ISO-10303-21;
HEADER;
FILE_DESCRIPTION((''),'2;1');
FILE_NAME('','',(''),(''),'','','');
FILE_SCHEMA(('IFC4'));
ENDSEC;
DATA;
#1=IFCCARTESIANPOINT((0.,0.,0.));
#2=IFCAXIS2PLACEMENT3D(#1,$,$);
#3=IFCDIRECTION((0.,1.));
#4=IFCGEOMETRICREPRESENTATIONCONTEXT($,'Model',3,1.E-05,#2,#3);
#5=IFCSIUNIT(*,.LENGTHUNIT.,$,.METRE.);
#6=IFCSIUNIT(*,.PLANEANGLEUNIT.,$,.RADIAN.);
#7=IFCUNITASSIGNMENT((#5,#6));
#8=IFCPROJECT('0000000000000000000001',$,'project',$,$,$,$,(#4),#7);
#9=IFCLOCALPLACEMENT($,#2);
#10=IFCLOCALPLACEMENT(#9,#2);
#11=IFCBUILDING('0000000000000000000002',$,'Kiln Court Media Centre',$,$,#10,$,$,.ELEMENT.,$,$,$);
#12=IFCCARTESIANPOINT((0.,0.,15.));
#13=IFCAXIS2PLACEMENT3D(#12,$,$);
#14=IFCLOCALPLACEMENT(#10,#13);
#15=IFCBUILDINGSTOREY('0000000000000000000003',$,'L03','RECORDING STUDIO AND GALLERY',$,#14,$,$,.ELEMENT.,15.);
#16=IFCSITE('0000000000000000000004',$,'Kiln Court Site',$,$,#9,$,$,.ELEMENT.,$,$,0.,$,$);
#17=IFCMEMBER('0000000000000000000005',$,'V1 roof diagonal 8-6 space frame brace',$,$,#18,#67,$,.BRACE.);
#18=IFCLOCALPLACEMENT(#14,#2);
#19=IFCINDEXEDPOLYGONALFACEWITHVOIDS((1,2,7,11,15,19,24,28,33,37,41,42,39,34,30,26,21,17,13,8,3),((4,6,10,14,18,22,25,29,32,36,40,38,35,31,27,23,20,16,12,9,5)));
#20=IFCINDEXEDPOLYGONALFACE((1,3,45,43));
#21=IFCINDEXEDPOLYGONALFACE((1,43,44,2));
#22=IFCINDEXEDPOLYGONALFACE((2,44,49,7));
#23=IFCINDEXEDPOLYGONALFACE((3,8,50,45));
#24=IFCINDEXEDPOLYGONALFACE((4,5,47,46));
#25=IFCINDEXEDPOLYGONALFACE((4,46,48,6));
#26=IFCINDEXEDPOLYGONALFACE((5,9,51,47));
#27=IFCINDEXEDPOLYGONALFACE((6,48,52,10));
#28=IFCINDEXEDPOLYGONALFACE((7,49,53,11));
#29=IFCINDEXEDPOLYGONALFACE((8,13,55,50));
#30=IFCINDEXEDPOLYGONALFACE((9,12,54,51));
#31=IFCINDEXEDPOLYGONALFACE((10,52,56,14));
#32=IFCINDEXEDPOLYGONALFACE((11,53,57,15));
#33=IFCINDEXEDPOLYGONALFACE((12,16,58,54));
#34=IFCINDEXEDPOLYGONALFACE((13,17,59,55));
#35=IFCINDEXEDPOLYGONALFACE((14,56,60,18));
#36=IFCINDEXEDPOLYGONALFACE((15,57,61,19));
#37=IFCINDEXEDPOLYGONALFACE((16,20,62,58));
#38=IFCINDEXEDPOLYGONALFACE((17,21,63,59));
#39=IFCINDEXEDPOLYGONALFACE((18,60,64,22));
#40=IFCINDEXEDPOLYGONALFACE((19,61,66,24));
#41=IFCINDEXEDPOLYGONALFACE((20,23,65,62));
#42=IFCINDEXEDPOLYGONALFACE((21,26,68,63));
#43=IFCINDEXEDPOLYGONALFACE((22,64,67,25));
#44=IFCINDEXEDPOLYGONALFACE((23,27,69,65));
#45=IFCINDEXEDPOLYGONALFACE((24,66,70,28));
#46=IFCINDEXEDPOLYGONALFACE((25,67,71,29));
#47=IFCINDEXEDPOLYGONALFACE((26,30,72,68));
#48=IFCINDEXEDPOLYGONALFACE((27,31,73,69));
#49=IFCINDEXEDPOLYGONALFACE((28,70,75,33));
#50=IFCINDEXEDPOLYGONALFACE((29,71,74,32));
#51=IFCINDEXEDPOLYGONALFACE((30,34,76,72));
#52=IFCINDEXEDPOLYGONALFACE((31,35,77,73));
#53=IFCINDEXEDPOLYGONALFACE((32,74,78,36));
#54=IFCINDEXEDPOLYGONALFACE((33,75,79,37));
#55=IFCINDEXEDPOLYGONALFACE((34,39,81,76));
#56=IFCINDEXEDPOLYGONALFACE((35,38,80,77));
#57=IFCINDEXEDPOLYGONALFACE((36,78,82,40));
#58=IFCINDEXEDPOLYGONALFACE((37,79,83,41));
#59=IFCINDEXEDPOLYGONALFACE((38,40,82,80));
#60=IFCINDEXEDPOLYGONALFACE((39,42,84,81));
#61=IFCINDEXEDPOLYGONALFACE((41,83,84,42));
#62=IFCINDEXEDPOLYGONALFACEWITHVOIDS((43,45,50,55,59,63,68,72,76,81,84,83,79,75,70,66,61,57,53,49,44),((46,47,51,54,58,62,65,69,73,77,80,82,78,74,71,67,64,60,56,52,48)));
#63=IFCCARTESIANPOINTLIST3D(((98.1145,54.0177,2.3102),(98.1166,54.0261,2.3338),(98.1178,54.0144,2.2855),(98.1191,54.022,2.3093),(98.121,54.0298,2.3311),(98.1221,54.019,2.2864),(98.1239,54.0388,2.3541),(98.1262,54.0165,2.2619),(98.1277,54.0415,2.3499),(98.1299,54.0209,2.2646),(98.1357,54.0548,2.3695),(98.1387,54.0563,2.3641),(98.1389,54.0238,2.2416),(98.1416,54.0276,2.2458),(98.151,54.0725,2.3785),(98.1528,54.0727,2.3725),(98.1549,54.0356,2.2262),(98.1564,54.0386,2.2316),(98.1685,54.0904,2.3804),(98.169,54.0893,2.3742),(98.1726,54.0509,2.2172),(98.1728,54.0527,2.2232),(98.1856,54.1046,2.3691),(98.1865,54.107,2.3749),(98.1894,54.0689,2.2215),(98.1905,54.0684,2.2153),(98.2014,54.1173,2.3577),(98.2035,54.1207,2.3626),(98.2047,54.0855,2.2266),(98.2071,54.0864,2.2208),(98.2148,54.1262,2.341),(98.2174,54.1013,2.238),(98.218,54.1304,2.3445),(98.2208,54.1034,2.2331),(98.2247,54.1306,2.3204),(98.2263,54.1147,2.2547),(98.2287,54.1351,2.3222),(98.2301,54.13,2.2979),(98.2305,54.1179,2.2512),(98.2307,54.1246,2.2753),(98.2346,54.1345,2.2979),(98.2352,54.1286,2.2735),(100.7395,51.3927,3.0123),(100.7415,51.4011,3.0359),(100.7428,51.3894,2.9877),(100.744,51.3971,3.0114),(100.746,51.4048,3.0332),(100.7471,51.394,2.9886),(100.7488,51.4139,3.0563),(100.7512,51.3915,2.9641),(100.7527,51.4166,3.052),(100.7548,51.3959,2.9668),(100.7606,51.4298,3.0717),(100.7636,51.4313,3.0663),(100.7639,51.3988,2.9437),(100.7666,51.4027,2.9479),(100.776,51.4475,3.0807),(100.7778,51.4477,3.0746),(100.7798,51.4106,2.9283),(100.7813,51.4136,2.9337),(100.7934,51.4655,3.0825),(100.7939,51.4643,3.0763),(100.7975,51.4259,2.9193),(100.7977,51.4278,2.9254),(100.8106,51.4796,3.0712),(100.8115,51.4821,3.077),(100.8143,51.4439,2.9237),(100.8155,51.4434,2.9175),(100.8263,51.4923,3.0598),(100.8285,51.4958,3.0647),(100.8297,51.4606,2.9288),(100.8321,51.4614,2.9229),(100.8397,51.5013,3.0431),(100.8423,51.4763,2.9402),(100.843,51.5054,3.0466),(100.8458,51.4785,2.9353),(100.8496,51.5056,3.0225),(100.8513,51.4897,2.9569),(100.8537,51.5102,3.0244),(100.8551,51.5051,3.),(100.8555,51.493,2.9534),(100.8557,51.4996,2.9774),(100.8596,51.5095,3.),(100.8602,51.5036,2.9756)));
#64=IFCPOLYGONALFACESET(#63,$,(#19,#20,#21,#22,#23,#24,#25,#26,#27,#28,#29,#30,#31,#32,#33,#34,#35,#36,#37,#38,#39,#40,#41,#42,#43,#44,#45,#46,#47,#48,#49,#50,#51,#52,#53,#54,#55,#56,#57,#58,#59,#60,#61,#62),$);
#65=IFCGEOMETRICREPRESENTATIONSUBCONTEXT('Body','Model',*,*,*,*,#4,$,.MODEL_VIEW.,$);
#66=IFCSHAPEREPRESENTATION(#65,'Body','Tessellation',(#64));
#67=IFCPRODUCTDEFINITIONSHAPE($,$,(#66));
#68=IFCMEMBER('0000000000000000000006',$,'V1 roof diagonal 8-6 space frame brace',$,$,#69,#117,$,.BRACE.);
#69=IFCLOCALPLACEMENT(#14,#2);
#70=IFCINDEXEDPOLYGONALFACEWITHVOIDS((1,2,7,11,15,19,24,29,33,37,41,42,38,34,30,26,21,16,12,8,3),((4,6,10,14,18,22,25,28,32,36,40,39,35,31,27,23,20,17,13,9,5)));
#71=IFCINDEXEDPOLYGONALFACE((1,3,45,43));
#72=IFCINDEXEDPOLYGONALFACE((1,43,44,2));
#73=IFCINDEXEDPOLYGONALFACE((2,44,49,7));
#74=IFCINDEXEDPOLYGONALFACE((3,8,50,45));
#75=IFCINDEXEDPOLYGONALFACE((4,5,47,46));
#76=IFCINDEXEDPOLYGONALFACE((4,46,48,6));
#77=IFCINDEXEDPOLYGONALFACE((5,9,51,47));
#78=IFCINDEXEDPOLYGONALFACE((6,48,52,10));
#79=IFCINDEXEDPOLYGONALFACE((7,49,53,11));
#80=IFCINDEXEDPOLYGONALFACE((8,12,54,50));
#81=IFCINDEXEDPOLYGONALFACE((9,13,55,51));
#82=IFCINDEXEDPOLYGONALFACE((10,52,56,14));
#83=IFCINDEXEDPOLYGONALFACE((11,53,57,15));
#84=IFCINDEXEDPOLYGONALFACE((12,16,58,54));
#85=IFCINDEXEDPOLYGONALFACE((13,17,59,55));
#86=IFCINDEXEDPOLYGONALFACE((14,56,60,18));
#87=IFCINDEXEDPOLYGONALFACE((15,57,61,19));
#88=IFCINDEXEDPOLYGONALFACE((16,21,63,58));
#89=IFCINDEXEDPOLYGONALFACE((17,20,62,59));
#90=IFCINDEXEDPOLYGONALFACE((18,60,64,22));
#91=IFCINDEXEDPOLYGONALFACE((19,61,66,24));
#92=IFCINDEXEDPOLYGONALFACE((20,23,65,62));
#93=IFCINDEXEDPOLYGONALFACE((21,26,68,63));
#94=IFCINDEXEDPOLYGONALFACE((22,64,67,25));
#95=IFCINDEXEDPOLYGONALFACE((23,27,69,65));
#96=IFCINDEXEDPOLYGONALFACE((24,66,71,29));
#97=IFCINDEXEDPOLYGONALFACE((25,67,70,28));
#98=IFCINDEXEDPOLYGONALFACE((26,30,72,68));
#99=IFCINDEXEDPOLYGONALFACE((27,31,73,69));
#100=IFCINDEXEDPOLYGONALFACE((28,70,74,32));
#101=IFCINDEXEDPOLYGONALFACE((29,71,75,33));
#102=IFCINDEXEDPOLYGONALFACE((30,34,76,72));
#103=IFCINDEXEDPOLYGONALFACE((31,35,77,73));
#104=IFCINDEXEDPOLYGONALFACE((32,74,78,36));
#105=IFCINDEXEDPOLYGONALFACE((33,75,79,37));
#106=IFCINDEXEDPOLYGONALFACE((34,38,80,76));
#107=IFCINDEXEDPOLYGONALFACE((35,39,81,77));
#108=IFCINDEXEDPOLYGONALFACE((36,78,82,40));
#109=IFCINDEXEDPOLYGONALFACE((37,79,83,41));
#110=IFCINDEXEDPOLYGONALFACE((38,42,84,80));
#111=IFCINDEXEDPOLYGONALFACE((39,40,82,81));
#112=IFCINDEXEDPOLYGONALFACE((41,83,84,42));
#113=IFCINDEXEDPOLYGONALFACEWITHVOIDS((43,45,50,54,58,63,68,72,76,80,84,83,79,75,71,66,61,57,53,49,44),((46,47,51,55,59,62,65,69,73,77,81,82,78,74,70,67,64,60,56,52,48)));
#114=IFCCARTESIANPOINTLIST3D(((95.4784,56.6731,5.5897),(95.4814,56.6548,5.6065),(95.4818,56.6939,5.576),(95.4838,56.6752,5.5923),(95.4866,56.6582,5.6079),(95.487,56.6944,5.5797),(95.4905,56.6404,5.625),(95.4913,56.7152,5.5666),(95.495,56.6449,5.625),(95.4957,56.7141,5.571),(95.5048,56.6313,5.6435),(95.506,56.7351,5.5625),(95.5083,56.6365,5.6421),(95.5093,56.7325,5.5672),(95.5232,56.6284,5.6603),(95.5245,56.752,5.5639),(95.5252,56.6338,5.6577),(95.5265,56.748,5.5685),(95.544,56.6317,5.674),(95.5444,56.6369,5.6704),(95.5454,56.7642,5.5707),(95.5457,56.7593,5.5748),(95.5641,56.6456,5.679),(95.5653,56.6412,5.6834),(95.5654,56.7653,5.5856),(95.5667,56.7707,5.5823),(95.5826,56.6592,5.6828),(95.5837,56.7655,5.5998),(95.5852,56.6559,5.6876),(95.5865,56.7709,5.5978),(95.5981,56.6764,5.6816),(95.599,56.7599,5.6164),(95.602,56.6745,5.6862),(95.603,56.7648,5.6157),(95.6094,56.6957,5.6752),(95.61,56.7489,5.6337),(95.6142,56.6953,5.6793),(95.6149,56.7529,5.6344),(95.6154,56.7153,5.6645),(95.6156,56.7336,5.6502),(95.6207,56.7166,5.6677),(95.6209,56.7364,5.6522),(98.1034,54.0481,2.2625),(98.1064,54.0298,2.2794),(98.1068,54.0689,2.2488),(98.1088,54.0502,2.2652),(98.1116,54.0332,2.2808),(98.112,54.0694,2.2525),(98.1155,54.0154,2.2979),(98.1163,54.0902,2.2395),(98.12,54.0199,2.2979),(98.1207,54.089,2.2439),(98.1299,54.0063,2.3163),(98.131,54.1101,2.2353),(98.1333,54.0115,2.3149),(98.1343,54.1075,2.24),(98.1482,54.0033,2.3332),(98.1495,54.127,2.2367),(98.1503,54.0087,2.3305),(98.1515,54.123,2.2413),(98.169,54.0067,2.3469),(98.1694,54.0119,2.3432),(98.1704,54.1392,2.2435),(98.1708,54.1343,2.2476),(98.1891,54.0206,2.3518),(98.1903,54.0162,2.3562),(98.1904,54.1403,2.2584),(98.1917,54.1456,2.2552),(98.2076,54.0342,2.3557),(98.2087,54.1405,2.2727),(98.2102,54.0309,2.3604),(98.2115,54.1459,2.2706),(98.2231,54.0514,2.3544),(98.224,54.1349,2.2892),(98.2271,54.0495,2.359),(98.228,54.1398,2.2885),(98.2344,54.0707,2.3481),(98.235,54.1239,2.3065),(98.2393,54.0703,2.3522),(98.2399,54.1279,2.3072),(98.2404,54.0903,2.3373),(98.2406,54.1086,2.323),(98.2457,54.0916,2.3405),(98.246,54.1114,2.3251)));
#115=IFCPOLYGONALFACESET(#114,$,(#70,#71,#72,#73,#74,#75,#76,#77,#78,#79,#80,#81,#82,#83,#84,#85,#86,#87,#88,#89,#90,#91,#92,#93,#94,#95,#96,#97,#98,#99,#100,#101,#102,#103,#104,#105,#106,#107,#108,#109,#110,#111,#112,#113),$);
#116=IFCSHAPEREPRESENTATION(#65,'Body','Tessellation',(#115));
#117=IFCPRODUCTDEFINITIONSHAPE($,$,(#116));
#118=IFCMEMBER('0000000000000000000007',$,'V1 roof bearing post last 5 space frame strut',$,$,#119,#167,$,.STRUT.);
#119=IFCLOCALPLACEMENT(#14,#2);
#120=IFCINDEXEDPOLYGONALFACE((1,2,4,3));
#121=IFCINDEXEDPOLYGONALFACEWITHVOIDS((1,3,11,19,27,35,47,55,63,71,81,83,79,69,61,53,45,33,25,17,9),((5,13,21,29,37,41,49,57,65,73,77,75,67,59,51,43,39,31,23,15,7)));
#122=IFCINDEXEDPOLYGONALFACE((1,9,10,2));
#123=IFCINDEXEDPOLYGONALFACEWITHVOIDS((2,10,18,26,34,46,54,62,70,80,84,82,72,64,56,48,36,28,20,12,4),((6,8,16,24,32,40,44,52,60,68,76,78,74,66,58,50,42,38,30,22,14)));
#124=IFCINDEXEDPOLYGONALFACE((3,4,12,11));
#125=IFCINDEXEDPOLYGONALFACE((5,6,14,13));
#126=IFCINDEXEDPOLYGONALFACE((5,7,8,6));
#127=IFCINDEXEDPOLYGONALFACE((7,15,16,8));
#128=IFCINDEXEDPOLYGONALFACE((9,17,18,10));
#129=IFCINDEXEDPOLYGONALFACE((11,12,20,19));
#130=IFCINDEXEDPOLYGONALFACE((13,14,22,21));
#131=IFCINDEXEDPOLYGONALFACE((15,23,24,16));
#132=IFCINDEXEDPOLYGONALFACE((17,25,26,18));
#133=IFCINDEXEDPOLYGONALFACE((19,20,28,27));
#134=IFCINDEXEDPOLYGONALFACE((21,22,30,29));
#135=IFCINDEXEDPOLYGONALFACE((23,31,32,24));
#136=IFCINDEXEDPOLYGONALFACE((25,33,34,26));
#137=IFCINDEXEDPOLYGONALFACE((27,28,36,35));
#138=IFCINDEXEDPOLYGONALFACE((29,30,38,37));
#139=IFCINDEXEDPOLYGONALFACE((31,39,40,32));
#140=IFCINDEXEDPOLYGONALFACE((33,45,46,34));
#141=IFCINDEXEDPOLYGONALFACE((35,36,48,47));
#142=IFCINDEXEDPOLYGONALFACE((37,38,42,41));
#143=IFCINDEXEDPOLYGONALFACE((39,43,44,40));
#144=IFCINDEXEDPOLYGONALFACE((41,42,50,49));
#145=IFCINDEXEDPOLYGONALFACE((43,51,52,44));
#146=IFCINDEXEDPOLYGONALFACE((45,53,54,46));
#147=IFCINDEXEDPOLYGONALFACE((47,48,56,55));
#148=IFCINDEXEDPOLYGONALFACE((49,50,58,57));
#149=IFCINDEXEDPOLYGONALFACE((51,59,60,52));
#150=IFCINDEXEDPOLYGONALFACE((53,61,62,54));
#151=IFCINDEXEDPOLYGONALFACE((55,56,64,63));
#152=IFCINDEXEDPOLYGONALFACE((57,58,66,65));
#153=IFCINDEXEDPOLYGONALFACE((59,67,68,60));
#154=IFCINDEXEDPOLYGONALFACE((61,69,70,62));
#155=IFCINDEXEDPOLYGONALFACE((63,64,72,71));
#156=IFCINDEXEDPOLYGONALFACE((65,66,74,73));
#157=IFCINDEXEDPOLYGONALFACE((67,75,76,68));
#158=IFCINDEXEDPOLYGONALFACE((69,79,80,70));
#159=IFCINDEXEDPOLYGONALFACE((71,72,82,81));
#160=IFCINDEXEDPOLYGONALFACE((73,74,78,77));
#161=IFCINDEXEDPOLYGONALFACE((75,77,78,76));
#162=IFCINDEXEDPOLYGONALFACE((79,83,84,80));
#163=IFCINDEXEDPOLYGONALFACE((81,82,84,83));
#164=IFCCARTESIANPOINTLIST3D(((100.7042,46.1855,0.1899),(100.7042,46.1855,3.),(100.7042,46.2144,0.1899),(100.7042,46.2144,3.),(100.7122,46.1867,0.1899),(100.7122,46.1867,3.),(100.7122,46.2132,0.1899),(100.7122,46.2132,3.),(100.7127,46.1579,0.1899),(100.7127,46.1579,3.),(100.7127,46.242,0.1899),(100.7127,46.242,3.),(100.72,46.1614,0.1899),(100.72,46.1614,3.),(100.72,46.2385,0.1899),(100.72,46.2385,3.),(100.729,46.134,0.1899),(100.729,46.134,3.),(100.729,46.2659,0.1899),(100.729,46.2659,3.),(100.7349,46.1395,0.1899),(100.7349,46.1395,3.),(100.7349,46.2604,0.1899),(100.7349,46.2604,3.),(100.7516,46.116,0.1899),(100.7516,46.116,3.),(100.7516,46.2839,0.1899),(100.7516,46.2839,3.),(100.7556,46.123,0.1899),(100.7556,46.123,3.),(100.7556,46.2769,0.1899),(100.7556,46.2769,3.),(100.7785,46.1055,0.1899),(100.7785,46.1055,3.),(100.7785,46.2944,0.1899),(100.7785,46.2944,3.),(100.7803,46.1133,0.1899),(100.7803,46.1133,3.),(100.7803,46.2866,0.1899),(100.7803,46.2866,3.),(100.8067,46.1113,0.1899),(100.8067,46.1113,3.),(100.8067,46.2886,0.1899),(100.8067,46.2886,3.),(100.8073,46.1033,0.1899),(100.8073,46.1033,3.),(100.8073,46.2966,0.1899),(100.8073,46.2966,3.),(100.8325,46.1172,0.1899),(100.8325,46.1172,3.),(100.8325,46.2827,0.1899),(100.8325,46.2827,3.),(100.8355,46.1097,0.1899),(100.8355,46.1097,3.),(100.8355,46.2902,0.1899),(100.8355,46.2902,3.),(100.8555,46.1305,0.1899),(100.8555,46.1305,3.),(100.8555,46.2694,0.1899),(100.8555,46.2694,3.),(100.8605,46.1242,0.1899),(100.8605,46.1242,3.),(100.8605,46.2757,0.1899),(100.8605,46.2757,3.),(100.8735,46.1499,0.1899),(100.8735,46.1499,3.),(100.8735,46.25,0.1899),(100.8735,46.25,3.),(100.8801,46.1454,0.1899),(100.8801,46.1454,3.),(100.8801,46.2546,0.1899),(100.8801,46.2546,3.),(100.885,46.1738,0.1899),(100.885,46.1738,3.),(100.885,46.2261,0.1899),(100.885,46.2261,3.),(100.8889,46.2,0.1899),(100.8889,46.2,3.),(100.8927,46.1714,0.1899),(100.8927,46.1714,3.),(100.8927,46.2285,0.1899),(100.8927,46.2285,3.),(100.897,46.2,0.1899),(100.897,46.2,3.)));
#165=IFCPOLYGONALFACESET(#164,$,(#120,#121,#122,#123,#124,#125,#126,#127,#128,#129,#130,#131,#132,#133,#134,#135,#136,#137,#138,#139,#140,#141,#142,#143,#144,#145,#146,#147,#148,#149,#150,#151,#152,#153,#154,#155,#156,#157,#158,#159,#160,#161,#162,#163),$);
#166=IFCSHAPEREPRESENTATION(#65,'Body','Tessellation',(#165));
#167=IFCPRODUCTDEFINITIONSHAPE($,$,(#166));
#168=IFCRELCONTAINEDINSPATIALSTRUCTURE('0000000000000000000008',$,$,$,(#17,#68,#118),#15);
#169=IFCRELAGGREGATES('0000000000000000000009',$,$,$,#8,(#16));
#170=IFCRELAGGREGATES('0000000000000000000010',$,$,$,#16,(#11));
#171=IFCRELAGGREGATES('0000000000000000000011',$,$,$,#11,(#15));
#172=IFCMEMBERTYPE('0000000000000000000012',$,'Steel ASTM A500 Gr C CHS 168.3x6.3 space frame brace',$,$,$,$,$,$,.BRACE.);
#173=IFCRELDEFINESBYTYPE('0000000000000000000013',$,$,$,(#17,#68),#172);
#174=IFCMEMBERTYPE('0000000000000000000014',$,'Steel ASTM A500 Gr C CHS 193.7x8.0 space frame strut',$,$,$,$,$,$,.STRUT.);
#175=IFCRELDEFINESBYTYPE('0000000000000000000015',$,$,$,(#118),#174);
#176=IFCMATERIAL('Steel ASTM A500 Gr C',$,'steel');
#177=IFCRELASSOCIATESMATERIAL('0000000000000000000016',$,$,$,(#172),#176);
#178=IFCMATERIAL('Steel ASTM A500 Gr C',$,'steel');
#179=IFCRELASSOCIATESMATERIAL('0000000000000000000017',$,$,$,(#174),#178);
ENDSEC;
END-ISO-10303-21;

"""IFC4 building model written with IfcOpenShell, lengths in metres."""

from ifc_helpers import new_model, si_unit, direction, frame, origin, origin_2d, place, context, subcontext, project, spatial, hollow_circle, extrude, material, material_profile, profile_set, type_object, element, save


model = new_model("IFC4")

# Units and contexts
model_context = context("Model", 3, precision=1e-05, world=origin(), true_north=direction((0.0, 1.0)))
body_context = subcontext(model_context, "Body", "Model", "MODEL_VIEW")
ifc_project = project(units=[si_unit("LENGTHUNIT", "METRE"), si_unit("PLANEANGLEUNIT", "RADIAN")], contexts=[model_context])

# Site, building, storey
site_placement = place(None, origin())
site = spatial("IfcSite", under=ifc_project, at=site_placement, Name="Kiln Court Site", CompositionType="ELEMENT", RefElevation=0.0)
building_placement = place(site_placement, origin())
building = spatial("IfcBuilding", under=site, at=building_placement, Name="Kiln Court Media Centre", CompositionType="ELEMENT")
storey_placement = place(building_placement, frame((0.0, 0.0, 15.0)))
storey = spatial("IfcBuildingStorey", under=building, at=storey_placement, Name="L03", Description="RECORDING STUDIO AND GALLERY", CompositionType="ELEMENT", Elevation=15.0)

# Members
ifc_material_1 = material(Name="Steel ASTM A500 Gr C", Category="steel")
ifc_material_profile_1 = material_profile(ifc_material_1, hollow_circle(Radius=0.0842, WallThickness=0.0063, at=origin_2d()), Name="CHS 168.3x6.3")
ifc_profile_set_1 = profile_set([ifc_material_profile_1], Name="Steel ASTM A500 Gr C")
member_type_1 = type_object("IfcMemberType", Name="Steel ASTM A500 Gr C CHS 168.3x6.3 space frame brace", PredefinedType="BRACE", material=ifc_profile_set_1)
member_1_placement = place(storey_placement, frame((98.175, 54.075, 2.2979), z_axis=(0.694788, -0.694788, 0.185846), x_axis=(0.707107, 0.707107, 0.0)))
element("IfcMember", 1, at=member_1_placement, inside=storey, type_object=member_type_1, Name="V1 roof diagonal 8-6 space frame brace", PredefinedType="BRACE", context=body_context, shape_type="SweptSolid", body=[
    extrude(hollow_circle(Radius=0.0842, WallThickness=0.0063, at=origin_2d()), origin(), (0.0, 0.0, 1.0), 3.7781),
])
member_2_placement = place(storey_placement, frame((98.175, 54.075, 2.2979), z_axis=(-0.52657, 0.52657, 0.667419), x_axis=(-0.707107, -0.707107, 0.0)))
element("IfcMember", 2, at=member_2_placement, inside=storey, type_object=member_type_1, Name="V1 roof diagonal 8-6 space frame brace", PredefinedType="BRACE", context=body_context, shape_type="SweptSolid", body=[
    extrude(hollow_circle(Radius=0.0842, WallThickness=0.0063, at=origin_2d()), origin(), (0.0, 0.0, 1.0), 4.9851),
])
ifc_material_2 = material(Name="Steel ASTM A500 Gr C", Category="steel")
ifc_material_profile_2 = material_profile(ifc_material_2, hollow_circle(Radius=0.0969, WallThickness=0.0081, at=origin_2d()), Name="CHS 193.7x8.0")
ifc_profile_set_2 = profile_set([ifc_material_profile_2], Name="Steel ASTM A500 Gr C")
member_type_2 = type_object("IfcMemberType", Name="Steel ASTM A500 Gr C CHS 193.7x8.0 space frame strut", PredefinedType="STRUT", material=ifc_profile_set_2)
for number, where, z_axis, x_axis, name in (
    (3, (100.8, 46.2, 0.1899), (0.0, 0.0, 1.0), (1.0, 0.0, 0.0), "V1 roof bearing post last 5 space frame strut"),
):
    element("IfcMember", number, at=place(storey_placement, frame(where, z_axis=z_axis, x_axis=x_axis)), inside=storey, type_object=member_type_2, Name=name, PredefinedType="STRUT", context=body_context, shape_type="SweptSolid", body=[
        extrude(hollow_circle(Radius=0.0969, WallThickness=0.0081, at=origin_2d()), origin(), (0.0, 0.0, 1.0), 2.8101),
    ])

save(model, "model.ifc")
